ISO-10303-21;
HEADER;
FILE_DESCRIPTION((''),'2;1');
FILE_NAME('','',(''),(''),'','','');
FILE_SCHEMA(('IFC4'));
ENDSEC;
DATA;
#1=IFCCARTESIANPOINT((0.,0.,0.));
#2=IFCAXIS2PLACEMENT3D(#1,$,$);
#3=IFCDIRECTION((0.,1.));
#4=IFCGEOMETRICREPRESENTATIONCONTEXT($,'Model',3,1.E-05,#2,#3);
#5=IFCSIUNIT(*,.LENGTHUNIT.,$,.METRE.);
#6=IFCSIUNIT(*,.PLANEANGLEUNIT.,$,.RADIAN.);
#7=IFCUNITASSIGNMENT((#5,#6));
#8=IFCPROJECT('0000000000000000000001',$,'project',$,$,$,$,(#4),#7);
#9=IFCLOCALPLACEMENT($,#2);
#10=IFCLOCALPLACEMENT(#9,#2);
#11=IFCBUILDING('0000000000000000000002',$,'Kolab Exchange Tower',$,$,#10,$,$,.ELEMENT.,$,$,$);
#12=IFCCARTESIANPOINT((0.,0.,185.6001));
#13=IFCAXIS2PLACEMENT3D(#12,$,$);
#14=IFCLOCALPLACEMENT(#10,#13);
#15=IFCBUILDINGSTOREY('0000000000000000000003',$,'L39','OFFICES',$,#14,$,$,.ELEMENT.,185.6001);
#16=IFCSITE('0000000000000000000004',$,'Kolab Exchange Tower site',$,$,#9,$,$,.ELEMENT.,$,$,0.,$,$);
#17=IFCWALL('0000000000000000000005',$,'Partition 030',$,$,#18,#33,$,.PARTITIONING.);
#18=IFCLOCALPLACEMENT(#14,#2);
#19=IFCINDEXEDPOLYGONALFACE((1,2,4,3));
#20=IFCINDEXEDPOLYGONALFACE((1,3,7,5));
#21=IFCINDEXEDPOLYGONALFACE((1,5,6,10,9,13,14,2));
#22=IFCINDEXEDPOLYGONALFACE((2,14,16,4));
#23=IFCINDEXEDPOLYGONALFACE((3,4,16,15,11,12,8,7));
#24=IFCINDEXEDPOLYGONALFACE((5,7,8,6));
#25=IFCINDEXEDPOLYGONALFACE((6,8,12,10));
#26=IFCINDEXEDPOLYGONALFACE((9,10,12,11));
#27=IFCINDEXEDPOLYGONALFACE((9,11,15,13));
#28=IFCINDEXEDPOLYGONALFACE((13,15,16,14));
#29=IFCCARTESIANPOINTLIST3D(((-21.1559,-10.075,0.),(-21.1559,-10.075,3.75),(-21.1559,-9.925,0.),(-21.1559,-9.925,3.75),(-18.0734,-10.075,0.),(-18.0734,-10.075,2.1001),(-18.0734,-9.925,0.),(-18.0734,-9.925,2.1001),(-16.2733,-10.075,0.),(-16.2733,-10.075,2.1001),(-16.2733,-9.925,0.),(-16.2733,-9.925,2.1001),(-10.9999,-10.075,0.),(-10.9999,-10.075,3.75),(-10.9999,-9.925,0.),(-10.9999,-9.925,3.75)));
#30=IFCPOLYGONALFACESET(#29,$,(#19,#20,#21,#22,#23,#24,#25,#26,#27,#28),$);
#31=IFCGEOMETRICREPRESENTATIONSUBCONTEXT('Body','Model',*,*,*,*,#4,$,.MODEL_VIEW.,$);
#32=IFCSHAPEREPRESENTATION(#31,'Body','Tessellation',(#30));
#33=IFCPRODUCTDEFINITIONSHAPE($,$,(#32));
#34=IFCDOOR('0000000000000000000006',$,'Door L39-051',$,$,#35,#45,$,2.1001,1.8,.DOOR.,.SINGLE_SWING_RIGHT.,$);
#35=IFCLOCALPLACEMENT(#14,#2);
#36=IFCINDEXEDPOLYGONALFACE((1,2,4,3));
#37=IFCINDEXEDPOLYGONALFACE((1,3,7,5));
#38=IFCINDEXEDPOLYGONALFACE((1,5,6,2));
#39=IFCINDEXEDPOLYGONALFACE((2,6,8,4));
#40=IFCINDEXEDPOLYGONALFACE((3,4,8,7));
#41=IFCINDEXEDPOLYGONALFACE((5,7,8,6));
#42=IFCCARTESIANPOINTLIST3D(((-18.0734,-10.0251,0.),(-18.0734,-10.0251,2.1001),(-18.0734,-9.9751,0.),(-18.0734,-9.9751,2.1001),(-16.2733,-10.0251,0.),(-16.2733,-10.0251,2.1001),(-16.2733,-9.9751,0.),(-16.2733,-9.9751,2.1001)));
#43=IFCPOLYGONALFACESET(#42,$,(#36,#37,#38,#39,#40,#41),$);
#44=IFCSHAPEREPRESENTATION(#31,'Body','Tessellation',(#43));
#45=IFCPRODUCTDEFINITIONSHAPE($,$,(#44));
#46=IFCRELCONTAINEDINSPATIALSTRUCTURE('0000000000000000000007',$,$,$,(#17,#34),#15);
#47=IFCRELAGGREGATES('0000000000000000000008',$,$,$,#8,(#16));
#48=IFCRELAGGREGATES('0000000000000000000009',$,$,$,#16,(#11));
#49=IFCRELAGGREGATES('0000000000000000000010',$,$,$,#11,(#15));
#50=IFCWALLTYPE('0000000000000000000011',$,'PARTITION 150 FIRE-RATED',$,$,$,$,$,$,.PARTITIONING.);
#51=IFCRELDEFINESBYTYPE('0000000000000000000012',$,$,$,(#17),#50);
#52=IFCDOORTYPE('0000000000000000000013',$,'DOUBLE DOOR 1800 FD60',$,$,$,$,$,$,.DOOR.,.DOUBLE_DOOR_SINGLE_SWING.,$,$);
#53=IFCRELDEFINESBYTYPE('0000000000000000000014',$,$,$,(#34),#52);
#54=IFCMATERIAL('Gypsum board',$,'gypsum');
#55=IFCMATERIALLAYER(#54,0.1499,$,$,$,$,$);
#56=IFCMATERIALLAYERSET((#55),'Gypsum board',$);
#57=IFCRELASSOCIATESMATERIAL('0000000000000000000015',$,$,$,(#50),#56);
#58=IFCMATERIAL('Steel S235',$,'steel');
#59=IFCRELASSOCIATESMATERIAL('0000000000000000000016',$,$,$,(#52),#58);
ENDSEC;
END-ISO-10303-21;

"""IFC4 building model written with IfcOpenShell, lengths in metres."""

from ifc_helpers import new_model, si_unit, direction, frame, frame_2d, origin, place, context, subcontext, project, spatial, rectangle, extrude, material, layer, layer_set, type_object, element, fill, save


model = new_model("IFC4")

# Units and contexts
model_context = context("Model", 3, precision=1e-05, world=origin(), true_north=direction((0.0, 1.0)))
body_context = subcontext(model_context, "Body", "Model", "MODEL_VIEW")
ifc_project = project(units=[si_unit("LENGTHUNIT", "METRE"), si_unit("PLANEANGLEUNIT", "RADIAN")], contexts=[model_context])

# Site, building, storey
site_placement = place(None, origin())
site = spatial("IfcSite", under=ifc_project, at=site_placement, Name="Kolab Exchange Tower site", CompositionType="ELEMENT", RefElevation=0.0)
building_placement = place(site_placement, origin())
building = spatial("IfcBuilding", under=site, at=building_placement, Name="Kolab Exchange Tower", CompositionType="ELEMENT")
storey_placement = place(building_placement, frame((0.0, 0.0, 185.6001)))
storey = spatial("IfcBuildingStorey", under=building, at=storey_placement, Name="L39", Description="OFFICES", CompositionType="ELEMENT", Elevation=185.6001)

# Shared definitions
ifc_material_1 = material(Name="Gypsum board", Category="gypsum")

# Wall, opening, door
ifc_layer_1 = layer(ifc_material_1, 0.1499)
ifc_layer_set_1 = layer_set([ifc_layer_1], Name="Gypsum board")
wall_type_1 = type_object("IfcWallType", Name="PARTITION 150 FIRE-RATED", PredefinedType="PARTITIONING", material=ifc_layer_set_1)
wall_1_placement = place(storey_placement, frame((-21.156, -10.0, 0.0), z_axis=(0.0, 0.0, 1.0), x_axis=(1.0, 0.0, 0.0)))
wall_1 = element("IfcWall", 1, at=wall_1_placement, inside=storey, type_object=wall_type_1, Name="Partition 030", PredefinedType="PARTITIONING", context=body_context, shape_type="SweptSolid", body=[
    extrude(rectangle(XDim=10.156, YDim=0.1499, at=frame_2d((5.0781, 0.0))), origin(), (0.0, 0.0, 1.0), 3.75),
])
opening_placement = place(wall_1_placement, frame((3.0828, 0.0, 0.0)))
opening = element("IfcOpeningElement", 2, at=opening_placement, cuts=wall_1, PredefinedType="OPENING", context=body_context, shape_type="SweptSolid", body=[
    extrude(rectangle(XDim=1.8, YDim=2.1001, at=frame_2d((0.8999, 1.05))), frame((0.0, 0.085, 0.0), z_axis=(0.0, -1.0, 0.0), x_axis=(1.0, 0.0, 0.0)), (0.0, 0.0, 1.0), 0.1699),
])
ifc_material_2 = material(Name="Steel S235", Category="steel")
door_type = type_object("IfcDoorType", Name="DOUBLE DOOR 1800 FD60", OperationType="DOUBLE_DOOR_SINGLE_SWING", PredefinedType="DOOR", material=ifc_material_2)
door_placement = place(opening_placement, origin())
door = element("IfcDoor", 3, at=door_placement, inside=storey, type_object=door_type, Name="Door L39-051", OperationType="SINGLE_SWING_RIGHT", OverallHeight=2.1001, OverallWidth=1.8, PredefinedType="DOOR", context=body_context, shape_type="SweptSolid", body=[
    extrude(rectangle(XDim=1.8, YDim=2.1001, at=frame_2d((0.8999, 1.05))), frame((0.0, 0.0249, 0.0), z_axis=(0.0, -1.0, 0.0), x_axis=(1.0, 0.0, 0.0)), (0.0, 0.0, 1.0), 0.05),
])
fill(opening, door)

save(model, "model.ifc")
